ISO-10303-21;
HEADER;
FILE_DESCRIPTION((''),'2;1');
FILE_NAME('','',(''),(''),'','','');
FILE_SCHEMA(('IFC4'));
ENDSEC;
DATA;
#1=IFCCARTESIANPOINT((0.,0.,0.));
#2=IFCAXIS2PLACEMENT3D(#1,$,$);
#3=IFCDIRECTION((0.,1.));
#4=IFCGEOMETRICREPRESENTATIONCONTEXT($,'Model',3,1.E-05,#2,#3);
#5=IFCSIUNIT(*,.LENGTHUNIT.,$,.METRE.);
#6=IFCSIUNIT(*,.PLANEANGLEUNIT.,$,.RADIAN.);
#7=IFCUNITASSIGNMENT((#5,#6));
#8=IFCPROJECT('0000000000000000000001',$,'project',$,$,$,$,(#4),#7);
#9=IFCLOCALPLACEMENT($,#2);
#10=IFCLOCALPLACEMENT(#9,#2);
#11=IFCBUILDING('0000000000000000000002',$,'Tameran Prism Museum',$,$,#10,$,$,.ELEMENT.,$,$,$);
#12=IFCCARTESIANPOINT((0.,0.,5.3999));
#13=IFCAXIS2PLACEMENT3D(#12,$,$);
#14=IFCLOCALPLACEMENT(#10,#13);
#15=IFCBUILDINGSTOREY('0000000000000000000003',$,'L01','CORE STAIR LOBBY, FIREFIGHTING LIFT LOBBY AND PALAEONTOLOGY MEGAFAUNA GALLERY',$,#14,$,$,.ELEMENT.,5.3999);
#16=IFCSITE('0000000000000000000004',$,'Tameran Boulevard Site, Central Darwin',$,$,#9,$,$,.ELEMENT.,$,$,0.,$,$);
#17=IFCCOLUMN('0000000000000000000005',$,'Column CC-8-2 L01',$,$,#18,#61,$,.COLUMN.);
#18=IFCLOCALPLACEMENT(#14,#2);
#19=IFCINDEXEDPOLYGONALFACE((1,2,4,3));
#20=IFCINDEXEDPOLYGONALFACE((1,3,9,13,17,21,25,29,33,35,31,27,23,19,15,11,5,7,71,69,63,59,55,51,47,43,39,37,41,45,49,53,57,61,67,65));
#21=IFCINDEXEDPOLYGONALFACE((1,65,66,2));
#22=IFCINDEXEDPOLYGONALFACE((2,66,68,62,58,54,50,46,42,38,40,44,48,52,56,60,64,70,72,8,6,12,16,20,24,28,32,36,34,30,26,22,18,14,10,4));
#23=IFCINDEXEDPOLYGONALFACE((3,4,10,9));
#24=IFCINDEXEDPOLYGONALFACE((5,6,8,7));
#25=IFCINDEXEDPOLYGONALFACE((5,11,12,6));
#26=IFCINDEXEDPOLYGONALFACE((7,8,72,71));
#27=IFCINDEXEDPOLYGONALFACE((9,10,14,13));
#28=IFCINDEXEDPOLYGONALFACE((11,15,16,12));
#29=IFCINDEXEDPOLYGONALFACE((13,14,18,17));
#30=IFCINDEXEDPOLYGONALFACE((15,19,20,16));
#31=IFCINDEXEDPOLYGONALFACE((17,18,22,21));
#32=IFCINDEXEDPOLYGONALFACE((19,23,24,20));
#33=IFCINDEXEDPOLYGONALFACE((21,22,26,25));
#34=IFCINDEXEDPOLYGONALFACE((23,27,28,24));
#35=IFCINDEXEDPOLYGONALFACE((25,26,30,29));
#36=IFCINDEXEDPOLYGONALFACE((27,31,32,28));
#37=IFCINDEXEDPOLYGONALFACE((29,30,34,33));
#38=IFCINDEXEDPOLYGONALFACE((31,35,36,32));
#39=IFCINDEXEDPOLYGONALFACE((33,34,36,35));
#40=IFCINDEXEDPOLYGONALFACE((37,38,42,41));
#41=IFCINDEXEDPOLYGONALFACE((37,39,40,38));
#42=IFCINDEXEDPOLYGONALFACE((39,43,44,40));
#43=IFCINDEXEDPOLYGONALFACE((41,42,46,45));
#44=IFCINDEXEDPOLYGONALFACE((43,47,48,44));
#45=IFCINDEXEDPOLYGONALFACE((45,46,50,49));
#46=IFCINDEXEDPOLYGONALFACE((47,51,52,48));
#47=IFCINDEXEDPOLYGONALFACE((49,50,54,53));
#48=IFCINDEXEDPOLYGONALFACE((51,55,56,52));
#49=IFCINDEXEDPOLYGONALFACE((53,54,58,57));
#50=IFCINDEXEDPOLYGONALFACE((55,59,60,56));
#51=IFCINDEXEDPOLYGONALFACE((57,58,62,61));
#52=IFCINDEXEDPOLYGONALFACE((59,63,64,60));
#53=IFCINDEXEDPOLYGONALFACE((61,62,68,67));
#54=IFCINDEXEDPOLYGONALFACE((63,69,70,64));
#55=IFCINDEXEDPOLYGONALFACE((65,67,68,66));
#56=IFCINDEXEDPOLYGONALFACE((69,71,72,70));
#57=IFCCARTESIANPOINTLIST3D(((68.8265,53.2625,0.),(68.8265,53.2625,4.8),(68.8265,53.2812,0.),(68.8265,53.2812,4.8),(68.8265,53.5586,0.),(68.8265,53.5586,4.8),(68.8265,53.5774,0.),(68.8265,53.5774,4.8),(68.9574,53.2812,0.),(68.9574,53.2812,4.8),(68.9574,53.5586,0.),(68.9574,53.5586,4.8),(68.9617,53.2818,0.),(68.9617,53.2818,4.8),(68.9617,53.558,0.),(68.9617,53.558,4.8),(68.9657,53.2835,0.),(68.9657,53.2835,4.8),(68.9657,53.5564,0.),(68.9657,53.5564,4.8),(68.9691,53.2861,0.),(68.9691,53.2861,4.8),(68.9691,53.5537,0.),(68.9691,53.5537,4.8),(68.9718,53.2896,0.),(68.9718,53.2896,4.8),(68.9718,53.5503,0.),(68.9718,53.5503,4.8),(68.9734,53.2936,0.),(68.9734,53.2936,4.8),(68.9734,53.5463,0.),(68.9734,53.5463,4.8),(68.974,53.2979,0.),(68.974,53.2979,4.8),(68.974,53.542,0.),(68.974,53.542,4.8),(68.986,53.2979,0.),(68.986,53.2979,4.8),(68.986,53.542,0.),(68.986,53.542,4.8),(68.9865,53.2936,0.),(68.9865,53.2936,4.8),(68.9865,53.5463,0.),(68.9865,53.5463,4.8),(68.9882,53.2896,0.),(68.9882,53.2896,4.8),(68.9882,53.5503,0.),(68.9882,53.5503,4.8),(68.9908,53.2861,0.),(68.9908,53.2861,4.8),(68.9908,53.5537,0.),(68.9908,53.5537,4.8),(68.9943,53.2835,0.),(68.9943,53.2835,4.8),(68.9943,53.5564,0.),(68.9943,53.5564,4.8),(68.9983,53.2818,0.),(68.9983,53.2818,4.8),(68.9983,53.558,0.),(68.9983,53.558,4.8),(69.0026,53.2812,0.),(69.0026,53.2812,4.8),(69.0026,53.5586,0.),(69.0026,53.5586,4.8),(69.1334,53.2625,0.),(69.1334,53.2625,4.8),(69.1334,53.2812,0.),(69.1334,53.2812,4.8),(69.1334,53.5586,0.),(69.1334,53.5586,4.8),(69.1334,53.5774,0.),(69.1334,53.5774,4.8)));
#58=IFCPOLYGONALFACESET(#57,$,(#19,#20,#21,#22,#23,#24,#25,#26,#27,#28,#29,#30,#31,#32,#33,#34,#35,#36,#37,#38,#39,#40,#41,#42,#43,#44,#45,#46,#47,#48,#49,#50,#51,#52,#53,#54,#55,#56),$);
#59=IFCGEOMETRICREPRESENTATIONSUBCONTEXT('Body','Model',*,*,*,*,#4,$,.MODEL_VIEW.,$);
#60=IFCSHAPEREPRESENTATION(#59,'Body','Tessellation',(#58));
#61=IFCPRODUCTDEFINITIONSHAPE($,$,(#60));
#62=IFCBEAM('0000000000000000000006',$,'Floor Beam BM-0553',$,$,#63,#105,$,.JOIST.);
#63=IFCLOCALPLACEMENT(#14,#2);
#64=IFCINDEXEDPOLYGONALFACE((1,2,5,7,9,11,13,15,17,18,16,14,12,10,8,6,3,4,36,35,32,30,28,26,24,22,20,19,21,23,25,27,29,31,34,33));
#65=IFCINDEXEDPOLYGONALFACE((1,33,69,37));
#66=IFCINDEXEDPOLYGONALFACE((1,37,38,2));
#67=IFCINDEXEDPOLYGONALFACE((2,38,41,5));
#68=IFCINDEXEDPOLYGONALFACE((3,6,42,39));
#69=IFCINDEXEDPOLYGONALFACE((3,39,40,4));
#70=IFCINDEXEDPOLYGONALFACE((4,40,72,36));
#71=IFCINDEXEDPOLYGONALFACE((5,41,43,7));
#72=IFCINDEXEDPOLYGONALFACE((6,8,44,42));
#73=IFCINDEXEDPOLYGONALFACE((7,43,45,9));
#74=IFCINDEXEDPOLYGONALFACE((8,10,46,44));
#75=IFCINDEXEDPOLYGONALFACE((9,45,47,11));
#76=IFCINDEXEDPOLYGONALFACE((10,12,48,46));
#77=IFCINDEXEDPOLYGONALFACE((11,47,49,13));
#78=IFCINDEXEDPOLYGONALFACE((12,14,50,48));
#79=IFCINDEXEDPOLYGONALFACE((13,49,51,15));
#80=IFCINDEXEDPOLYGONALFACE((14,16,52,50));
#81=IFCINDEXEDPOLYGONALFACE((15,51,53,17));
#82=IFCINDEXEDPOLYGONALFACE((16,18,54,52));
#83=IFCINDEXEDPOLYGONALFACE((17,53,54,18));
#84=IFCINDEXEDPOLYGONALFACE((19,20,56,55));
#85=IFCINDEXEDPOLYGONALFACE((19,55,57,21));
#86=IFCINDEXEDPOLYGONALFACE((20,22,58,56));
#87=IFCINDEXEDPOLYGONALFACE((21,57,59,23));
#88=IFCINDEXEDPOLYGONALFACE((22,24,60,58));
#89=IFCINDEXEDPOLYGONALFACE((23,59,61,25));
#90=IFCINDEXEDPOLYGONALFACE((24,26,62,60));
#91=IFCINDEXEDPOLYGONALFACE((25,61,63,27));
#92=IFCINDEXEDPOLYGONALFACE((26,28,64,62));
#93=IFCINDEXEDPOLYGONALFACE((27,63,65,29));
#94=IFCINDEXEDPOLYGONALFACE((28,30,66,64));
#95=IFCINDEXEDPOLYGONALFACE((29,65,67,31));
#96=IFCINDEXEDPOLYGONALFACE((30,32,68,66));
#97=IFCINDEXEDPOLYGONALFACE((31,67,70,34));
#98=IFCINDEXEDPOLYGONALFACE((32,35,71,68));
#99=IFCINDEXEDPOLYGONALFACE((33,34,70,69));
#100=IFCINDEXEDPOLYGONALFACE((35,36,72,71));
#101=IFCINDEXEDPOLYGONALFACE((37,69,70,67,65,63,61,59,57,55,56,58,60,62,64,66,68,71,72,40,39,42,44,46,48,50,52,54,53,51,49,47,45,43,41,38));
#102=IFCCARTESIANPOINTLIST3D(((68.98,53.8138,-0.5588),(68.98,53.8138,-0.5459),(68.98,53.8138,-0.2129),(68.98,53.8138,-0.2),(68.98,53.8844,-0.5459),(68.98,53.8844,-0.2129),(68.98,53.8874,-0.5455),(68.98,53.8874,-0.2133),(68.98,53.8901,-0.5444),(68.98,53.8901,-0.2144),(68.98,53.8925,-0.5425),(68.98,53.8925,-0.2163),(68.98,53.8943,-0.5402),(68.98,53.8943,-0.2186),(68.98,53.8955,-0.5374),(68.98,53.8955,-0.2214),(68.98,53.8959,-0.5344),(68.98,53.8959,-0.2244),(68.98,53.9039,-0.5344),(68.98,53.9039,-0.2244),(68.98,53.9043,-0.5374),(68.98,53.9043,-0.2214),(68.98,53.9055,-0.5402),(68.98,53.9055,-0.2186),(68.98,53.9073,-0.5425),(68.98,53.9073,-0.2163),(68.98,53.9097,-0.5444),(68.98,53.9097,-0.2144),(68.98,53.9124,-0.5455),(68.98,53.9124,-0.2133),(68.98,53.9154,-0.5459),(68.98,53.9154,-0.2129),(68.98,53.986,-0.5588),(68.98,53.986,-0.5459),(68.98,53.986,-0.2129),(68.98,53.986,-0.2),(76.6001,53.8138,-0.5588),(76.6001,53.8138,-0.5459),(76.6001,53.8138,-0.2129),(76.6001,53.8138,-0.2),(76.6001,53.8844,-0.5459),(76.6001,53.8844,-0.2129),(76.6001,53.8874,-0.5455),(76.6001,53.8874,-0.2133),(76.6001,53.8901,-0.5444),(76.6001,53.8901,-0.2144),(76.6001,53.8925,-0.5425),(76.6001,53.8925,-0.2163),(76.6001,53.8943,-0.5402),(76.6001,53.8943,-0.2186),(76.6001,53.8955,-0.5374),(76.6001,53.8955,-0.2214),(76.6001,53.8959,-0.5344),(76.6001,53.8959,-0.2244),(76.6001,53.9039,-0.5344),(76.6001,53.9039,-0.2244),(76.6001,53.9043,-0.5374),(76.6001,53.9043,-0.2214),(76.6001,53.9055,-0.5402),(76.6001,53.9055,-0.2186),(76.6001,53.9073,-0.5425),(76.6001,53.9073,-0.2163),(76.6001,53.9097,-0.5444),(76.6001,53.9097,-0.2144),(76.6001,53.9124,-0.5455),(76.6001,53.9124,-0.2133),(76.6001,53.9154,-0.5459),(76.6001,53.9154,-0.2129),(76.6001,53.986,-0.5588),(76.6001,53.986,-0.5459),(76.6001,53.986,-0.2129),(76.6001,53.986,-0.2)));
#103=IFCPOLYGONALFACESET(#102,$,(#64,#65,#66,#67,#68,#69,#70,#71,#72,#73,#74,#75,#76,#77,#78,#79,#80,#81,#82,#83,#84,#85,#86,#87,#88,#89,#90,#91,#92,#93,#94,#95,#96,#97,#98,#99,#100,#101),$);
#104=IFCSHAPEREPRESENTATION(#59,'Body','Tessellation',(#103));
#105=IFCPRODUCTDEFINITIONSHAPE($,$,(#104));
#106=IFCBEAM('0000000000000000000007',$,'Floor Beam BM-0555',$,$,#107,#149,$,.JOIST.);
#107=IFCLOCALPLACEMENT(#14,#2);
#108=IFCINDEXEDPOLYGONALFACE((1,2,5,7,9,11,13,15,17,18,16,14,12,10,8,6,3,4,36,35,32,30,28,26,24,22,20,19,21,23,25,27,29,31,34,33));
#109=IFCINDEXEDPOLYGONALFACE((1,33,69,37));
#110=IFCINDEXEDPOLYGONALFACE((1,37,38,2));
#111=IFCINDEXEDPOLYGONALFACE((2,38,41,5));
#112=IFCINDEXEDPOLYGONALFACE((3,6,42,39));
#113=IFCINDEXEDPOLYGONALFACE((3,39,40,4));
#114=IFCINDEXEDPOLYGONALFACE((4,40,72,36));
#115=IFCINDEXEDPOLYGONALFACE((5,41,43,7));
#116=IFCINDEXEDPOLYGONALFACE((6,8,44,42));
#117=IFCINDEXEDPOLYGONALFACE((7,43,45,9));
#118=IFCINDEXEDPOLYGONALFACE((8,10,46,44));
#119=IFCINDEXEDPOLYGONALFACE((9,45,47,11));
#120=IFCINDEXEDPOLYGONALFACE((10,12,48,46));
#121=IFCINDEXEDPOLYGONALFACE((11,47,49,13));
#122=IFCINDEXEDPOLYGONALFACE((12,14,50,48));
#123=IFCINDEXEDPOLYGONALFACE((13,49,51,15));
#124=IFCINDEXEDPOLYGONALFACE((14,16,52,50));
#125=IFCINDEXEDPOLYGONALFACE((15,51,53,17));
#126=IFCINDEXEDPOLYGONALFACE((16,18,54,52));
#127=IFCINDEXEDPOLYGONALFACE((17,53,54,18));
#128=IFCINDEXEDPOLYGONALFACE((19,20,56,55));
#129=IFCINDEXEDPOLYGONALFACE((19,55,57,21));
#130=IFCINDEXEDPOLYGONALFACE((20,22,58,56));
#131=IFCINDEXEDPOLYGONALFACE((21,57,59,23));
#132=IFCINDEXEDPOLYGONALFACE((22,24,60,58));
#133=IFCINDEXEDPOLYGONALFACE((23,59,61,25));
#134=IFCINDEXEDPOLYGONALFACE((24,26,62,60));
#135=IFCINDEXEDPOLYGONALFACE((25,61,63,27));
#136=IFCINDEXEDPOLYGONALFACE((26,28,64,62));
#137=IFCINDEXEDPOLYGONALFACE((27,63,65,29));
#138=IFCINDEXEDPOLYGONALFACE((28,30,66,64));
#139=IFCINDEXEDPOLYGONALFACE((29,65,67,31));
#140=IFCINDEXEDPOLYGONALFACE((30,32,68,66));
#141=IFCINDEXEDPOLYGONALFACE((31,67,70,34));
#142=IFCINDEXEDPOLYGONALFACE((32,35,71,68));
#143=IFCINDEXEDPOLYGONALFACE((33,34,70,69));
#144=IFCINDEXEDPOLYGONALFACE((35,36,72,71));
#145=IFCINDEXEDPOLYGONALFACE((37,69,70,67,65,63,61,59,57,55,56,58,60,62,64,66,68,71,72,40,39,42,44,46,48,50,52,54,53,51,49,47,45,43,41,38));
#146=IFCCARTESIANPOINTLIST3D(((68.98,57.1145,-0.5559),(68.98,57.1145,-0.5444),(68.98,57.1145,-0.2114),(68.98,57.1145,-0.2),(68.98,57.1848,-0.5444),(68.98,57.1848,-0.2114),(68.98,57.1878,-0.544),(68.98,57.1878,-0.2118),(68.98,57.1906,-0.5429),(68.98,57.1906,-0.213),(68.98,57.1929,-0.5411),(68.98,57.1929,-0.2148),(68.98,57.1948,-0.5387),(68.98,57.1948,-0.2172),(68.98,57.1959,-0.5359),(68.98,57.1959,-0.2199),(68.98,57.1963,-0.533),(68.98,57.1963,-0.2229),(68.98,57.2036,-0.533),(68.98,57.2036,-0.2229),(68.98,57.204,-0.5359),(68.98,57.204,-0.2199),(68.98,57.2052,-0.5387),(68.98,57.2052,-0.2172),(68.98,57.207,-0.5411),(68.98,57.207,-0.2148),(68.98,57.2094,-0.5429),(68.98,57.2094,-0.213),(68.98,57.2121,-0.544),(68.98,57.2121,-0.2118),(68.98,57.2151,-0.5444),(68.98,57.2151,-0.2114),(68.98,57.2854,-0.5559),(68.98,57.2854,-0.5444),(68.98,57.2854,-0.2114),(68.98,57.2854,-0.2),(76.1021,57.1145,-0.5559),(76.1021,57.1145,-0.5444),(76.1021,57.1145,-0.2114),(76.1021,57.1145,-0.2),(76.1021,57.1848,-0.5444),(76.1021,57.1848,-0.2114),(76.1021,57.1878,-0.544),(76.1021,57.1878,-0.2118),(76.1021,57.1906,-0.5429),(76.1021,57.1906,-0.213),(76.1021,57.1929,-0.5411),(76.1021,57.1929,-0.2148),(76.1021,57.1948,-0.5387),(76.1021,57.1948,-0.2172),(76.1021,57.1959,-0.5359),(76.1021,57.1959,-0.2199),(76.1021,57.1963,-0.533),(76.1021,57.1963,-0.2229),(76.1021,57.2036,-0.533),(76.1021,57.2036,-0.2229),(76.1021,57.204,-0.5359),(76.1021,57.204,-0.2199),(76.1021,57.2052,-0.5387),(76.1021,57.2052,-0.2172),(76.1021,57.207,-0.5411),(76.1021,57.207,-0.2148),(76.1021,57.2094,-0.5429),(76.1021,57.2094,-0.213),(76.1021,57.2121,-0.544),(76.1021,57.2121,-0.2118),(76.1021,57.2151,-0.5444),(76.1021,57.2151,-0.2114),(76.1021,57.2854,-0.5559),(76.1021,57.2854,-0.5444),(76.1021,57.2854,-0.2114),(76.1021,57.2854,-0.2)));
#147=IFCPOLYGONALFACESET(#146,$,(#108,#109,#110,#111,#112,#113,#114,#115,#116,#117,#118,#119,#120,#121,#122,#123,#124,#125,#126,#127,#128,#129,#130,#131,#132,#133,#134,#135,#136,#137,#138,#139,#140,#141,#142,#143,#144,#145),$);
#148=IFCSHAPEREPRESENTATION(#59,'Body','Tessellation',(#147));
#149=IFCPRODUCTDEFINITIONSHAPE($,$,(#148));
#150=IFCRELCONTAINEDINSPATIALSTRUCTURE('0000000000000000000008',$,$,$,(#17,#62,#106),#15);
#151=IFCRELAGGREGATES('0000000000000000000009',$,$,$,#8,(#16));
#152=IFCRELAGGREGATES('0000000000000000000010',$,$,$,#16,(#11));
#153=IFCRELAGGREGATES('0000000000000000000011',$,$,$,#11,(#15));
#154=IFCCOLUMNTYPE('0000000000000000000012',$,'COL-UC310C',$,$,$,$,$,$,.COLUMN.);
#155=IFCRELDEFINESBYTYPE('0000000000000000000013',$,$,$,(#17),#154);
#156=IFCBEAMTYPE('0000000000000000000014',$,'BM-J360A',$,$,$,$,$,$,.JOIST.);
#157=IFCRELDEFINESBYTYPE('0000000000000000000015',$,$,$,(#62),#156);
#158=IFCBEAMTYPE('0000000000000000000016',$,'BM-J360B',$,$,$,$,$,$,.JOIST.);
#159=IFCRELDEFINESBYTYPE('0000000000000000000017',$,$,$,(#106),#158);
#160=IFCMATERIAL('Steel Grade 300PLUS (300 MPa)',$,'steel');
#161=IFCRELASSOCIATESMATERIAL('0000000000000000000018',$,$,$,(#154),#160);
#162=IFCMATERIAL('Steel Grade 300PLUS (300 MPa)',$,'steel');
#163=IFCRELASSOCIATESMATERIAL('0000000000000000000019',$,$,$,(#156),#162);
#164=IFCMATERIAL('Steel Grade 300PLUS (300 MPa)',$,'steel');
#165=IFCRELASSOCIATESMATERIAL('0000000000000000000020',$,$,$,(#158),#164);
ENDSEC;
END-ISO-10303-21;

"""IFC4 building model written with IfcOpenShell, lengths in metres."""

from ifc_helpers import new_model, si_unit, direction, frame, origin, origin_2d, place, context, subcontext, project, spatial, i_section, extrude, material, material_profile, profile_set, type_object, element, save


model = new_model("IFC4")

# Units and contexts
model_context = context("Model", 3, precision=1e-05, world=origin(), true_north=direction((0.0, 1.0)))
body_context = subcontext(model_context, "Body", "Model", "MODEL_VIEW")
ifc_project = project(units=[si_unit("LENGTHUNIT", "METRE"), si_unit("PLANEANGLEUNIT", "RADIAN")], contexts=[model_context])

# Site, building, storey
site_placement = place(None, origin())
site = spatial("IfcSite", under=ifc_project, at=site_placement, Name="Tameran Boulevard Site, Central Darwin", CompositionType="ELEMENT", RefElevation=0.0)
building_placement = place(site_placement, origin())
building = spatial("IfcBuilding", under=site, at=building_placement, Name="Tameran Prism Museum", CompositionType="ELEMENT")
storey_placement = place(building_placement, frame((0.0, 0.0, 5.3999)))
storey = spatial("IfcBuildingStorey", under=building, at=storey_placement, Name="L01", Description="CORE STAIR LOBBY, FIREFIGHTING LIFT LOBBY AND PALAEONTOLOGY MEGAFAUNA GALLERY", CompositionType="ELEMENT", Elevation=5.3999)

# Column
ifc_material_1 = material(Name="Steel Grade 300PLUS (300 MPa)", Category="steel")
ifc_material_profile_1 = material_profile(ifc_material_1, i_section(OverallWidth=0.3069, OverallDepth=0.3149, WebThickness=0.012, FlangeThickness=0.0188, FilletRadius=0.0166, at=origin_2d()))
ifc_profile_set_1 = profile_set([ifc_material_profile_1])
column_type = type_object("IfcColumnType", Name="COL-UC310C", PredefinedType="COLUMN", material=ifc_profile_set_1)
column_placement = place(storey_placement, frame((68.98, 53.4199, 0.0), z_axis=(0.0, 0.0, 1.0), x_axis=(1.0, 0.0, 0.0)))
element("IfcColumn", 1, at=column_placement, inside=storey, type_object=column_type, Name="Column CC-8-2 L01", PredefinedType="COLUMN", context=body_context, shape_type="SweptSolid", body=[
    extrude(i_section(OverallWidth=0.3069, OverallDepth=0.3149, WebThickness=0.012, FlangeThickness=0.0188, FilletRadius=0.0166, at=origin_2d()), origin(), (0.0, 0.0, 1.0), 4.8),
])

# Beams
ifc_material_2 = material(Name="Steel Grade 300PLUS (300 MPa)", Category="steel")
ifc_material_profile_2 = material_profile(ifc_material_2, i_section(OverallWidth=0.1721, OverallDepth=0.3589, WebThickness=0.0081, FlangeThickness=0.0129, FilletRadius=0.0115, at=origin_2d()))
ifc_profile_set_2 = profile_set([ifc_material_profile_2])
beam_type_1 = type_object("IfcBeamType", Name="BM-J360A", PredefinedType="JOIST", material=ifc_profile_set_2)
beam_1_placement = place(storey_placement, frame((68.98, 53.8999, -0.3794), z_axis=(1.0, 0.0, 0.0), x_axis=(0.0, 1.0, 0.0)))
element("IfcBeam", 2, at=beam_1_placement, inside=storey, type_object=beam_type_1, Name="Floor Beam BM-0553", PredefinedType="JOIST", context=body_context, shape_type="SweptSolid", body=[
    extrude(i_section(OverallWidth=0.1721, OverallDepth=0.3589, WebThickness=0.0081, FlangeThickness=0.0129, FilletRadius=0.0115, at=origin_2d()), origin(), (0.0, 0.0, 1.0), 7.6201),
])
ifc_material_3 = material(Name="Steel Grade 300PLUS (300 MPa)", Category="steel")
ifc_material_profile_3 = material_profile(ifc_material_3, i_section(OverallWidth=0.1709, OverallDepth=0.356, WebThickness=0.0073, FlangeThickness=0.0115, FilletRadius=0.0115, at=origin_2d()))
ifc_profile_set_3 = profile_set([ifc_material_profile_3])
beam_type_2 = type_object("IfcBeamType", Name="BM-J360B", PredefinedType="JOIST", material=ifc_profile_set_3)
beam_2_placement = place(storey_placement, frame((68.98, 57.2, -0.3779), z_axis=(1.0, 0.0, 0.0), x_axis=(0.0, 1.0, 0.0)))
element("IfcBeam", 3, at=beam_2_placement, inside=storey, type_object=beam_type_2, Name="Floor Beam BM-0555", PredefinedType="JOIST", context=body_context, shape_type="SweptSolid", body=[
    extrude(i_section(OverallWidth=0.1709, OverallDepth=0.356, WebThickness=0.0073, FlangeThickness=0.0115, FilletRadius=0.0115, at=origin_2d()), origin(), (0.0, 0.0, 1.0), 7.1221),
])

save(model, "model.ifc")
